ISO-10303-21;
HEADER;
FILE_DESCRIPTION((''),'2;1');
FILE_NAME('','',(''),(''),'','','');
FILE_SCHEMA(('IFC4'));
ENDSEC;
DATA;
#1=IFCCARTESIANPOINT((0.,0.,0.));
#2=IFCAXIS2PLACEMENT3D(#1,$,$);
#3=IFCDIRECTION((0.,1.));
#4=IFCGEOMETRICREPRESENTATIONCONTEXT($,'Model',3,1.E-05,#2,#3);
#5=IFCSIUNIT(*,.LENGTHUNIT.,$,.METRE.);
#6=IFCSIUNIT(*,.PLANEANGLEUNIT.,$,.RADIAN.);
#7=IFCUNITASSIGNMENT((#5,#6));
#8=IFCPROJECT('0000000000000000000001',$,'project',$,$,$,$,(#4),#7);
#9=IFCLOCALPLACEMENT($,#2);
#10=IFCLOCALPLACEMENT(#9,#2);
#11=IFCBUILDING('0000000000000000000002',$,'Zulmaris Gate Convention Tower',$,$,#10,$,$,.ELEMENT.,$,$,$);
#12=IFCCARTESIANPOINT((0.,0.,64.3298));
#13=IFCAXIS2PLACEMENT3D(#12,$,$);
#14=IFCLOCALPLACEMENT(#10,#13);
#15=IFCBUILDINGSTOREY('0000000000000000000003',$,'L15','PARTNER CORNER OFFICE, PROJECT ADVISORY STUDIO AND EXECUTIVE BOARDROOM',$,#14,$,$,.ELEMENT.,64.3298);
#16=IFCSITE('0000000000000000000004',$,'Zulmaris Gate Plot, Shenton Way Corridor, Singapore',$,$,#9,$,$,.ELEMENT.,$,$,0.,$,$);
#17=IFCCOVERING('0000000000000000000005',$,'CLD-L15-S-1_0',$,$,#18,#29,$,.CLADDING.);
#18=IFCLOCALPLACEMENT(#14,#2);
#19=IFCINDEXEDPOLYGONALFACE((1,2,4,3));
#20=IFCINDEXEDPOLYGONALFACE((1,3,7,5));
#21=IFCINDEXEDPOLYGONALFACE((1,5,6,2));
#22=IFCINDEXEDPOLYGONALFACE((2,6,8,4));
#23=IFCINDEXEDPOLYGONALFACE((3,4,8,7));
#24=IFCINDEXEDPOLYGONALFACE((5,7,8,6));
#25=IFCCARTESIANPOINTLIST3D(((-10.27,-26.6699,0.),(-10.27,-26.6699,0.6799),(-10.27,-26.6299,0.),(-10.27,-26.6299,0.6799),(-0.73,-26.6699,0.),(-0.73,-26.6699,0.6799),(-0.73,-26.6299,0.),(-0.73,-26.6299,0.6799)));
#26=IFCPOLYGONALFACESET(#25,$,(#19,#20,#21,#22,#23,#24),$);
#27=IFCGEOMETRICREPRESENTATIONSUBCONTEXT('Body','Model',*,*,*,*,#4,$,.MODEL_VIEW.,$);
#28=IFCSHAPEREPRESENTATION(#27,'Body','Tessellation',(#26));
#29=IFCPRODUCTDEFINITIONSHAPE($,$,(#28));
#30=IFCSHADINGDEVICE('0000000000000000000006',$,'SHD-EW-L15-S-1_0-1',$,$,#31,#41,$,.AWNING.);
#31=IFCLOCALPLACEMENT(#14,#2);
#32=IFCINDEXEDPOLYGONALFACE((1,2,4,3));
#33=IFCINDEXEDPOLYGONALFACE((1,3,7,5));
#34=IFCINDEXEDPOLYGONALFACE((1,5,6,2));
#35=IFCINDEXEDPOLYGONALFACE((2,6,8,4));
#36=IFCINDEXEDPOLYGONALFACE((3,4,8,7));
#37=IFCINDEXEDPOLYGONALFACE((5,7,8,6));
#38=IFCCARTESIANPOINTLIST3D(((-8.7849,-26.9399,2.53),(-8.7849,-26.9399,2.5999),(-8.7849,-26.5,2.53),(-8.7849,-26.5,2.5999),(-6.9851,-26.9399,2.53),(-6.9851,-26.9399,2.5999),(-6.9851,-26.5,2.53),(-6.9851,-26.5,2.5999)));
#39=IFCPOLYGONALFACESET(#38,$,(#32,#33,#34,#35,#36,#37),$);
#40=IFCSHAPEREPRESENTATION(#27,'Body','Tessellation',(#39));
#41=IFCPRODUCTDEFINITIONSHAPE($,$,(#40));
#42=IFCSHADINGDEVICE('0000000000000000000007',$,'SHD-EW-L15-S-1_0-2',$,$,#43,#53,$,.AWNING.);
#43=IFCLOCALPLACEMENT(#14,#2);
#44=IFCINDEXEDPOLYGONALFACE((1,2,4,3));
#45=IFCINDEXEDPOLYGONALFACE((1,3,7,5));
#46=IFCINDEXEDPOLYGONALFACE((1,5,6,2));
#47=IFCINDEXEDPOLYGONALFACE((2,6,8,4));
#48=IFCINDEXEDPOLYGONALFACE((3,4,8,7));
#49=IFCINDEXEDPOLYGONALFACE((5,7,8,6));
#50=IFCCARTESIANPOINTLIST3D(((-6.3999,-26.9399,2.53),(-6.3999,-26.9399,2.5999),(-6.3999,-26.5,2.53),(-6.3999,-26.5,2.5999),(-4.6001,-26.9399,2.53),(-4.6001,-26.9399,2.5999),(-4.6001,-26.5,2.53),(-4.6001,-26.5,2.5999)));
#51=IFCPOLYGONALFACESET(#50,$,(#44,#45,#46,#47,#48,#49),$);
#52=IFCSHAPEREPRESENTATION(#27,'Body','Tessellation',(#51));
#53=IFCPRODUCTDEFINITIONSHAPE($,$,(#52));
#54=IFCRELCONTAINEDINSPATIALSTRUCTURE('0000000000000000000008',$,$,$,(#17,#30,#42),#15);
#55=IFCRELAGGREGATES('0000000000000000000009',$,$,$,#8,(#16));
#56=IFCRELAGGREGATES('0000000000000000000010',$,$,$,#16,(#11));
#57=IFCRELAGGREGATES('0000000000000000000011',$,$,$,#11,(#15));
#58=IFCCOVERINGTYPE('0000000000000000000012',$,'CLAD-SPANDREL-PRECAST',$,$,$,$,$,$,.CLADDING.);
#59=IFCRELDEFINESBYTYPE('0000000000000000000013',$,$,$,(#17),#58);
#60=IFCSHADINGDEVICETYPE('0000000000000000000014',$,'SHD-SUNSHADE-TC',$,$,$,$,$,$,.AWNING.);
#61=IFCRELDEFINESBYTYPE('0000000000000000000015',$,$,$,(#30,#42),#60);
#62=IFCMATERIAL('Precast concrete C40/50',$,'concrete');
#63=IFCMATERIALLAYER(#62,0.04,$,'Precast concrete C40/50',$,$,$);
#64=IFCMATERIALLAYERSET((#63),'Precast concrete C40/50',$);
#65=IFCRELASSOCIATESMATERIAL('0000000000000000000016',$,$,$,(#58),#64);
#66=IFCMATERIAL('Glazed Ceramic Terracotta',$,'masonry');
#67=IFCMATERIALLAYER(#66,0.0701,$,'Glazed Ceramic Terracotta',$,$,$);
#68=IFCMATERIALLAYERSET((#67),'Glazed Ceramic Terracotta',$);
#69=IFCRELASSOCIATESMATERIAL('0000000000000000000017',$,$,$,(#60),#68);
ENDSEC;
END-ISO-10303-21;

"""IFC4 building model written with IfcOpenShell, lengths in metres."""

from ifc_helpers import new_model, si_unit, direction, frame, frame_2d, origin, place, context, subcontext, project, spatial, rectangle, extrude, material, layer, layer_set, type_object, element, save


model = new_model("IFC4")

# Units and contexts
model_context = context("Model", 3, precision=1e-05, world=origin(), true_north=direction((0.0, 1.0)))
body_context = subcontext(model_context, "Body", "Model", "MODEL_VIEW")
ifc_project = project(units=[si_unit("LENGTHUNIT", "METRE"), si_unit("PLANEANGLEUNIT", "RADIAN")], contexts=[model_context])

# Site, building, storey
site_placement = place(None, origin())
site = spatial("IfcSite", under=ifc_project, at=site_placement, Name="Zulmaris Gate Plot, Shenton Way Corridor, Singapore", CompositionType="ELEMENT", RefElevation=0.0)
building_placement = place(site_placement, origin())
building = spatial("IfcBuilding", under=site, at=building_placement, Name="Zulmaris Gate Convention Tower", CompositionType="ELEMENT")
storey_placement = place(building_placement, frame((0.0, 0.0, 64.3298)))
storey = spatial("IfcBuildingStorey", under=building, at=storey_placement, Name="L15", Description="PARTNER CORNER OFFICE, PROJECT ADVISORY STUDIO AND EXECUTIVE BOARDROOM", CompositionType="ELEMENT", Elevation=64.3298)

# Shared definitions
ifc_material_1 = material(Name="Precast concrete C40/50", Category="concrete")

# Covering
ifc_layer_1 = layer(ifc_material_1, 0.04, Name="Precast concrete C40/50")
ifc_layer_set_1 = layer_set([ifc_layer_1], Name="Precast concrete C40/50")
covering_type = type_object("IfcCoveringType", Name="CLAD-SPANDREL-PRECAST", PredefinedType="CLADDING", material=ifc_layer_set_1)
covering_placement = place(storey_placement, frame((-10.27, -26.6499, 0.0), z_axis=(0.0, 0.0, 1.0), x_axis=(1.0, 0.0, 0.0)))
element("IfcCovering", 1, at=covering_placement, inside=storey, type_object=covering_type, Name="CLD-L15-S-1_0", PredefinedType="CLADDING", context=body_context, shape_type="SweptSolid", body=[
    extrude(rectangle(XDim=9.54, YDim=0.04, at=frame_2d((4.77, 0.0))), origin(), (0.0, 0.0, 1.0), 0.6799),
])

# Shading devices
ifc_material_2 = material(Name="Glazed Ceramic Terracotta", Category="masonry")
ifc_layer_2 = layer(ifc_material_2, 0.0701, Name="Glazed Ceramic Terracotta")
ifc_layer_set_2 = layer_set([ifc_layer_2], Name="Glazed Ceramic Terracotta")
shading_device_type = type_object("IfcShadingDeviceType", Name="SHD-SUNSHADE-TC", PredefinedType="AWNING", material=ifc_layer_set_2)
for number, where, z_axis, x_axis, name in (
    (2, (-8.7849, -26.72, 2.53), (0.0, 0.0, 1.0), (1.0, 0.0, 0.0), "SHD-EW-L15-S-1_0-1"),
    (3, (-6.3999, -26.72, 2.53), (0.0, 0.0, 1.0), (1.0, 0.0, 0.0), "SHD-EW-L15-S-1_0-2"),
):
    element("IfcShadingDevice", number, at=place(storey_placement, frame(where, z_axis=z_axis, x_axis=x_axis)), inside=storey, type_object=shading_device_type, Name=name, PredefinedType="AWNING", context=body_context, shape_type="SweptSolid", body=[
        extrude(rectangle(XDim=1.7998, YDim=0.4399, at=frame_2d((0.8999, 0.0))), origin(), (0.0, 0.0, 1.0), 0.0698),
    ])

save(model, "model.ifc")
